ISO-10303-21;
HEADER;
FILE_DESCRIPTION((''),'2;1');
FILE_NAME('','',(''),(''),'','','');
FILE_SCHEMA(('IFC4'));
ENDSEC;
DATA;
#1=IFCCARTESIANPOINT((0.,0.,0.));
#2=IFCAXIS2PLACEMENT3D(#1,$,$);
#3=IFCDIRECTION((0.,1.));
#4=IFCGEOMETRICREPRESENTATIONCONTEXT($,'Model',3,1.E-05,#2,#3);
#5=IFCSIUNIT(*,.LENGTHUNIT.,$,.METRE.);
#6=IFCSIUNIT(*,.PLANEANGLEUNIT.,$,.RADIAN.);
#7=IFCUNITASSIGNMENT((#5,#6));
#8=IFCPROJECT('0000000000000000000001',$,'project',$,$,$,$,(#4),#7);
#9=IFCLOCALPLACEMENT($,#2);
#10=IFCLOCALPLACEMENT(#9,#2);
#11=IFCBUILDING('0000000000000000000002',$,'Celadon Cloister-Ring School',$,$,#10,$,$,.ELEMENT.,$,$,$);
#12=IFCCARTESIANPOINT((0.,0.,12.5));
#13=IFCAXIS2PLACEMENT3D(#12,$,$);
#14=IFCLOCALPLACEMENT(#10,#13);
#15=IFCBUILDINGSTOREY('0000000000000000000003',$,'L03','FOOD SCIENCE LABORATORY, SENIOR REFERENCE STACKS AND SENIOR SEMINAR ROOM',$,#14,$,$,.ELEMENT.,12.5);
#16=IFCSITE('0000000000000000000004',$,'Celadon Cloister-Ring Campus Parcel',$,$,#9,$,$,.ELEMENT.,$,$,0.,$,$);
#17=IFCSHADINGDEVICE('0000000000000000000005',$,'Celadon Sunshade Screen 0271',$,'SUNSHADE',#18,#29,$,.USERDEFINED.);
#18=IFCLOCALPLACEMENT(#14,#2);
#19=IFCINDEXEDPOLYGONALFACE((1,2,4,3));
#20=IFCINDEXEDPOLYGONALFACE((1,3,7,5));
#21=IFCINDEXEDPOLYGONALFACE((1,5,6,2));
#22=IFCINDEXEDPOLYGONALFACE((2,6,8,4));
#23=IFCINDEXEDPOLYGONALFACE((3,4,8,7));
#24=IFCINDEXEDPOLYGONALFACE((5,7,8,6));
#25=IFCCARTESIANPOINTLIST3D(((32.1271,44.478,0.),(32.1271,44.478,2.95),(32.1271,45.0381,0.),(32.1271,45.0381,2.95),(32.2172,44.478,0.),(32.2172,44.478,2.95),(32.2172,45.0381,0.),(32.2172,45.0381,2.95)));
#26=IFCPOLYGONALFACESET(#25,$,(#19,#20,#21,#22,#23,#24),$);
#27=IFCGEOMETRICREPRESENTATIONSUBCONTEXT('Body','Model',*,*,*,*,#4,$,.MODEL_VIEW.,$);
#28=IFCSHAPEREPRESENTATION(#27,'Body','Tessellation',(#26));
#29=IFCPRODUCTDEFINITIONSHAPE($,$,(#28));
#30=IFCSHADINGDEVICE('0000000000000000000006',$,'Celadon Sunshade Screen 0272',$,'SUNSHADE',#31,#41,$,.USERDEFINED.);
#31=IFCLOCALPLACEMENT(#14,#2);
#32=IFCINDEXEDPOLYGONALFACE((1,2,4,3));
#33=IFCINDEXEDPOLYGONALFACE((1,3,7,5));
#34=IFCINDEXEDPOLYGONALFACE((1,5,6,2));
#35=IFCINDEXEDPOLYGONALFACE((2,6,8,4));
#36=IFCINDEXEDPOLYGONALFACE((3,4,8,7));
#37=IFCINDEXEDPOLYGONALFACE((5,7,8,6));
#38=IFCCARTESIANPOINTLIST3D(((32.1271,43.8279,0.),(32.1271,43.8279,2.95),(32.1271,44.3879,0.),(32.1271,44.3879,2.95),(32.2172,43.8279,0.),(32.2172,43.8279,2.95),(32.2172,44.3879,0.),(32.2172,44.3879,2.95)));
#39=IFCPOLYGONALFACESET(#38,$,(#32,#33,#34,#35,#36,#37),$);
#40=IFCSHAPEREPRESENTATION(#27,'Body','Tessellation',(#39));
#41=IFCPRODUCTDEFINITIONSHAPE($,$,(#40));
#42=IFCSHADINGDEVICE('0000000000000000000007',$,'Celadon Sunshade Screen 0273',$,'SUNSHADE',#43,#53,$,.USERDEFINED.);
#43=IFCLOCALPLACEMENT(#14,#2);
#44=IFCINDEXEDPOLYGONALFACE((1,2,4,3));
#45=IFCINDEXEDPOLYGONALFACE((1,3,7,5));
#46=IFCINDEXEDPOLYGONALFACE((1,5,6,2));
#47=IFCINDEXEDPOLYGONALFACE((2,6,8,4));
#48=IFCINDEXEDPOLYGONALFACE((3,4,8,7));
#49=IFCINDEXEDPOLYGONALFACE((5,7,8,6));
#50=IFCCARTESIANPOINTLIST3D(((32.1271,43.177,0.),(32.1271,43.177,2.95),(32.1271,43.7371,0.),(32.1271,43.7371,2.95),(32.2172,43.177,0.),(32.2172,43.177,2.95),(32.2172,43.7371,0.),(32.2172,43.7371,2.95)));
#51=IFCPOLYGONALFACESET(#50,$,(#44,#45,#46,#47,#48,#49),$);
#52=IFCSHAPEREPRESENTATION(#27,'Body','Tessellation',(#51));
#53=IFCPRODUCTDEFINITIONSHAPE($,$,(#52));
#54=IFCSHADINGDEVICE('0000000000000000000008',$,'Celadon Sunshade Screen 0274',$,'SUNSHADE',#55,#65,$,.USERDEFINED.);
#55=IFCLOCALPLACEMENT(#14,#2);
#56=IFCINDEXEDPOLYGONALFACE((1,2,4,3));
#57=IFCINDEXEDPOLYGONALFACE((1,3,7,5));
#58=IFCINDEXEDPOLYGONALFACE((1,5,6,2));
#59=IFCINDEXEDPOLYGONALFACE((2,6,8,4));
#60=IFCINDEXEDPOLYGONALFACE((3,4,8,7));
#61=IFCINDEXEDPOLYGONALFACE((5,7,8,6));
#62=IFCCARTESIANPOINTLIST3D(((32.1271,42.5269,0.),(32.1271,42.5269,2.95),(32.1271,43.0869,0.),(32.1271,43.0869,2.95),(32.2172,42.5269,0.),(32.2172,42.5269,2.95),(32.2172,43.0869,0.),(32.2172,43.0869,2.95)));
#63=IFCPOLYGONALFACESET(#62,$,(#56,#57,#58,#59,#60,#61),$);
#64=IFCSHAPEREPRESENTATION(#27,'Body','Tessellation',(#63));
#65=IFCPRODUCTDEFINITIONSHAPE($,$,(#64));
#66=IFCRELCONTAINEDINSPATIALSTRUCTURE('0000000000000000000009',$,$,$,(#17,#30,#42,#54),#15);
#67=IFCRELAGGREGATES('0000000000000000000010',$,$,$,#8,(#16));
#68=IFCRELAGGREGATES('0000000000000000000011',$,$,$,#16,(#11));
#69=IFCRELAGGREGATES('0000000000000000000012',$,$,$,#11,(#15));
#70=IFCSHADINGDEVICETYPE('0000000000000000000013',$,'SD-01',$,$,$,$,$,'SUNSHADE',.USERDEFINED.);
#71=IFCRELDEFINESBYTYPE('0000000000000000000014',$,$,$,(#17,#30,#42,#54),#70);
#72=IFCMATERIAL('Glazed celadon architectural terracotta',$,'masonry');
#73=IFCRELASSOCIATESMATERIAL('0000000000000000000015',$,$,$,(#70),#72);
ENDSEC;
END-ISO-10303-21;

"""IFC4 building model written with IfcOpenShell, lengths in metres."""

from ifc_helpers import new_model, si_unit, direction, frame, origin, origin_2d, place, context, subcontext, project, spatial, rectangle, extrude, material, type_object, element, save


model = new_model("IFC4")

# Units and contexts
model_context = context("Model", 3, precision=1e-05, world=origin(), true_north=direction((0.0, 1.0)))
body_context = subcontext(model_context, "Body", "Model", "MODEL_VIEW")
ifc_project = project(units=[si_unit("LENGTHUNIT", "METRE"), si_unit("PLANEANGLEUNIT", "RADIAN")], contexts=[model_context])

# Site, building, storey
site_placement = place(None, origin())
site = spatial("IfcSite", under=ifc_project, at=site_placement, Name="Celadon Cloister-Ring Campus Parcel", CompositionType="ELEMENT", RefElevation=0.0)
building_placement = place(site_placement, origin())
building = spatial("IfcBuilding", under=site, at=building_placement, Name="Celadon Cloister-Ring School", CompositionType="ELEMENT")
storey_placement = place(building_placement, frame((0.0, 0.0, 12.5)))
storey = spatial("IfcBuildingStorey", under=building, at=storey_placement, Name="L03", Description="FOOD SCIENCE LABORATORY, SENIOR REFERENCE STACKS AND SENIOR SEMINAR ROOM", CompositionType="ELEMENT", Elevation=12.5)

# Shading devices
ifc_material_1 = material(Name="Glazed celadon architectural terracotta", Category="masonry")
shading_device_type = type_object("IfcShadingDeviceType", Name="SD-01", ElementType="SUNSHADE", PredefinedType="USERDEFINED", material=ifc_material_1)
for number, where, z_axis, x_axis, name in (
    (1, (32.1721, 44.7581, 0.0), (0.0, 0.0, 1.0), (0.0, -1.0, 0.0), "Celadon Sunshade Screen 0271"),
    (2, (32.1721, 44.1079, 0.0), (0.0, 0.0, 1.0), (0.0, -1.0, 0.0), "Celadon Sunshade Screen 0272"),
    (3, (32.1721, 43.457, 0.0), (0.0, 0.0, 1.0), (0.0, -1.0, 0.0), "Celadon Sunshade Screen 0273"),
    (4, (32.1721, 42.8069, 0.0), (0.0, 0.0, 1.0), (0.0, -1.0, 0.0), "Celadon Sunshade Screen 0274"),
):
    element("IfcShadingDevice", number, at=place(storey_placement, frame(where, z_axis=z_axis, x_axis=x_axis)), inside=storey, type_object=shading_device_type, Name=name, ObjectType="SUNSHADE", PredefinedType="USERDEFINED", context=body_context, shape_type="SweptSolid", body=[
        extrude(rectangle(XDim=0.5601, YDim=0.0901, at=origin_2d()), origin(), (0.0, 0.0, 1.0), 2.95),
    ])

save(model, "model.ifc")
